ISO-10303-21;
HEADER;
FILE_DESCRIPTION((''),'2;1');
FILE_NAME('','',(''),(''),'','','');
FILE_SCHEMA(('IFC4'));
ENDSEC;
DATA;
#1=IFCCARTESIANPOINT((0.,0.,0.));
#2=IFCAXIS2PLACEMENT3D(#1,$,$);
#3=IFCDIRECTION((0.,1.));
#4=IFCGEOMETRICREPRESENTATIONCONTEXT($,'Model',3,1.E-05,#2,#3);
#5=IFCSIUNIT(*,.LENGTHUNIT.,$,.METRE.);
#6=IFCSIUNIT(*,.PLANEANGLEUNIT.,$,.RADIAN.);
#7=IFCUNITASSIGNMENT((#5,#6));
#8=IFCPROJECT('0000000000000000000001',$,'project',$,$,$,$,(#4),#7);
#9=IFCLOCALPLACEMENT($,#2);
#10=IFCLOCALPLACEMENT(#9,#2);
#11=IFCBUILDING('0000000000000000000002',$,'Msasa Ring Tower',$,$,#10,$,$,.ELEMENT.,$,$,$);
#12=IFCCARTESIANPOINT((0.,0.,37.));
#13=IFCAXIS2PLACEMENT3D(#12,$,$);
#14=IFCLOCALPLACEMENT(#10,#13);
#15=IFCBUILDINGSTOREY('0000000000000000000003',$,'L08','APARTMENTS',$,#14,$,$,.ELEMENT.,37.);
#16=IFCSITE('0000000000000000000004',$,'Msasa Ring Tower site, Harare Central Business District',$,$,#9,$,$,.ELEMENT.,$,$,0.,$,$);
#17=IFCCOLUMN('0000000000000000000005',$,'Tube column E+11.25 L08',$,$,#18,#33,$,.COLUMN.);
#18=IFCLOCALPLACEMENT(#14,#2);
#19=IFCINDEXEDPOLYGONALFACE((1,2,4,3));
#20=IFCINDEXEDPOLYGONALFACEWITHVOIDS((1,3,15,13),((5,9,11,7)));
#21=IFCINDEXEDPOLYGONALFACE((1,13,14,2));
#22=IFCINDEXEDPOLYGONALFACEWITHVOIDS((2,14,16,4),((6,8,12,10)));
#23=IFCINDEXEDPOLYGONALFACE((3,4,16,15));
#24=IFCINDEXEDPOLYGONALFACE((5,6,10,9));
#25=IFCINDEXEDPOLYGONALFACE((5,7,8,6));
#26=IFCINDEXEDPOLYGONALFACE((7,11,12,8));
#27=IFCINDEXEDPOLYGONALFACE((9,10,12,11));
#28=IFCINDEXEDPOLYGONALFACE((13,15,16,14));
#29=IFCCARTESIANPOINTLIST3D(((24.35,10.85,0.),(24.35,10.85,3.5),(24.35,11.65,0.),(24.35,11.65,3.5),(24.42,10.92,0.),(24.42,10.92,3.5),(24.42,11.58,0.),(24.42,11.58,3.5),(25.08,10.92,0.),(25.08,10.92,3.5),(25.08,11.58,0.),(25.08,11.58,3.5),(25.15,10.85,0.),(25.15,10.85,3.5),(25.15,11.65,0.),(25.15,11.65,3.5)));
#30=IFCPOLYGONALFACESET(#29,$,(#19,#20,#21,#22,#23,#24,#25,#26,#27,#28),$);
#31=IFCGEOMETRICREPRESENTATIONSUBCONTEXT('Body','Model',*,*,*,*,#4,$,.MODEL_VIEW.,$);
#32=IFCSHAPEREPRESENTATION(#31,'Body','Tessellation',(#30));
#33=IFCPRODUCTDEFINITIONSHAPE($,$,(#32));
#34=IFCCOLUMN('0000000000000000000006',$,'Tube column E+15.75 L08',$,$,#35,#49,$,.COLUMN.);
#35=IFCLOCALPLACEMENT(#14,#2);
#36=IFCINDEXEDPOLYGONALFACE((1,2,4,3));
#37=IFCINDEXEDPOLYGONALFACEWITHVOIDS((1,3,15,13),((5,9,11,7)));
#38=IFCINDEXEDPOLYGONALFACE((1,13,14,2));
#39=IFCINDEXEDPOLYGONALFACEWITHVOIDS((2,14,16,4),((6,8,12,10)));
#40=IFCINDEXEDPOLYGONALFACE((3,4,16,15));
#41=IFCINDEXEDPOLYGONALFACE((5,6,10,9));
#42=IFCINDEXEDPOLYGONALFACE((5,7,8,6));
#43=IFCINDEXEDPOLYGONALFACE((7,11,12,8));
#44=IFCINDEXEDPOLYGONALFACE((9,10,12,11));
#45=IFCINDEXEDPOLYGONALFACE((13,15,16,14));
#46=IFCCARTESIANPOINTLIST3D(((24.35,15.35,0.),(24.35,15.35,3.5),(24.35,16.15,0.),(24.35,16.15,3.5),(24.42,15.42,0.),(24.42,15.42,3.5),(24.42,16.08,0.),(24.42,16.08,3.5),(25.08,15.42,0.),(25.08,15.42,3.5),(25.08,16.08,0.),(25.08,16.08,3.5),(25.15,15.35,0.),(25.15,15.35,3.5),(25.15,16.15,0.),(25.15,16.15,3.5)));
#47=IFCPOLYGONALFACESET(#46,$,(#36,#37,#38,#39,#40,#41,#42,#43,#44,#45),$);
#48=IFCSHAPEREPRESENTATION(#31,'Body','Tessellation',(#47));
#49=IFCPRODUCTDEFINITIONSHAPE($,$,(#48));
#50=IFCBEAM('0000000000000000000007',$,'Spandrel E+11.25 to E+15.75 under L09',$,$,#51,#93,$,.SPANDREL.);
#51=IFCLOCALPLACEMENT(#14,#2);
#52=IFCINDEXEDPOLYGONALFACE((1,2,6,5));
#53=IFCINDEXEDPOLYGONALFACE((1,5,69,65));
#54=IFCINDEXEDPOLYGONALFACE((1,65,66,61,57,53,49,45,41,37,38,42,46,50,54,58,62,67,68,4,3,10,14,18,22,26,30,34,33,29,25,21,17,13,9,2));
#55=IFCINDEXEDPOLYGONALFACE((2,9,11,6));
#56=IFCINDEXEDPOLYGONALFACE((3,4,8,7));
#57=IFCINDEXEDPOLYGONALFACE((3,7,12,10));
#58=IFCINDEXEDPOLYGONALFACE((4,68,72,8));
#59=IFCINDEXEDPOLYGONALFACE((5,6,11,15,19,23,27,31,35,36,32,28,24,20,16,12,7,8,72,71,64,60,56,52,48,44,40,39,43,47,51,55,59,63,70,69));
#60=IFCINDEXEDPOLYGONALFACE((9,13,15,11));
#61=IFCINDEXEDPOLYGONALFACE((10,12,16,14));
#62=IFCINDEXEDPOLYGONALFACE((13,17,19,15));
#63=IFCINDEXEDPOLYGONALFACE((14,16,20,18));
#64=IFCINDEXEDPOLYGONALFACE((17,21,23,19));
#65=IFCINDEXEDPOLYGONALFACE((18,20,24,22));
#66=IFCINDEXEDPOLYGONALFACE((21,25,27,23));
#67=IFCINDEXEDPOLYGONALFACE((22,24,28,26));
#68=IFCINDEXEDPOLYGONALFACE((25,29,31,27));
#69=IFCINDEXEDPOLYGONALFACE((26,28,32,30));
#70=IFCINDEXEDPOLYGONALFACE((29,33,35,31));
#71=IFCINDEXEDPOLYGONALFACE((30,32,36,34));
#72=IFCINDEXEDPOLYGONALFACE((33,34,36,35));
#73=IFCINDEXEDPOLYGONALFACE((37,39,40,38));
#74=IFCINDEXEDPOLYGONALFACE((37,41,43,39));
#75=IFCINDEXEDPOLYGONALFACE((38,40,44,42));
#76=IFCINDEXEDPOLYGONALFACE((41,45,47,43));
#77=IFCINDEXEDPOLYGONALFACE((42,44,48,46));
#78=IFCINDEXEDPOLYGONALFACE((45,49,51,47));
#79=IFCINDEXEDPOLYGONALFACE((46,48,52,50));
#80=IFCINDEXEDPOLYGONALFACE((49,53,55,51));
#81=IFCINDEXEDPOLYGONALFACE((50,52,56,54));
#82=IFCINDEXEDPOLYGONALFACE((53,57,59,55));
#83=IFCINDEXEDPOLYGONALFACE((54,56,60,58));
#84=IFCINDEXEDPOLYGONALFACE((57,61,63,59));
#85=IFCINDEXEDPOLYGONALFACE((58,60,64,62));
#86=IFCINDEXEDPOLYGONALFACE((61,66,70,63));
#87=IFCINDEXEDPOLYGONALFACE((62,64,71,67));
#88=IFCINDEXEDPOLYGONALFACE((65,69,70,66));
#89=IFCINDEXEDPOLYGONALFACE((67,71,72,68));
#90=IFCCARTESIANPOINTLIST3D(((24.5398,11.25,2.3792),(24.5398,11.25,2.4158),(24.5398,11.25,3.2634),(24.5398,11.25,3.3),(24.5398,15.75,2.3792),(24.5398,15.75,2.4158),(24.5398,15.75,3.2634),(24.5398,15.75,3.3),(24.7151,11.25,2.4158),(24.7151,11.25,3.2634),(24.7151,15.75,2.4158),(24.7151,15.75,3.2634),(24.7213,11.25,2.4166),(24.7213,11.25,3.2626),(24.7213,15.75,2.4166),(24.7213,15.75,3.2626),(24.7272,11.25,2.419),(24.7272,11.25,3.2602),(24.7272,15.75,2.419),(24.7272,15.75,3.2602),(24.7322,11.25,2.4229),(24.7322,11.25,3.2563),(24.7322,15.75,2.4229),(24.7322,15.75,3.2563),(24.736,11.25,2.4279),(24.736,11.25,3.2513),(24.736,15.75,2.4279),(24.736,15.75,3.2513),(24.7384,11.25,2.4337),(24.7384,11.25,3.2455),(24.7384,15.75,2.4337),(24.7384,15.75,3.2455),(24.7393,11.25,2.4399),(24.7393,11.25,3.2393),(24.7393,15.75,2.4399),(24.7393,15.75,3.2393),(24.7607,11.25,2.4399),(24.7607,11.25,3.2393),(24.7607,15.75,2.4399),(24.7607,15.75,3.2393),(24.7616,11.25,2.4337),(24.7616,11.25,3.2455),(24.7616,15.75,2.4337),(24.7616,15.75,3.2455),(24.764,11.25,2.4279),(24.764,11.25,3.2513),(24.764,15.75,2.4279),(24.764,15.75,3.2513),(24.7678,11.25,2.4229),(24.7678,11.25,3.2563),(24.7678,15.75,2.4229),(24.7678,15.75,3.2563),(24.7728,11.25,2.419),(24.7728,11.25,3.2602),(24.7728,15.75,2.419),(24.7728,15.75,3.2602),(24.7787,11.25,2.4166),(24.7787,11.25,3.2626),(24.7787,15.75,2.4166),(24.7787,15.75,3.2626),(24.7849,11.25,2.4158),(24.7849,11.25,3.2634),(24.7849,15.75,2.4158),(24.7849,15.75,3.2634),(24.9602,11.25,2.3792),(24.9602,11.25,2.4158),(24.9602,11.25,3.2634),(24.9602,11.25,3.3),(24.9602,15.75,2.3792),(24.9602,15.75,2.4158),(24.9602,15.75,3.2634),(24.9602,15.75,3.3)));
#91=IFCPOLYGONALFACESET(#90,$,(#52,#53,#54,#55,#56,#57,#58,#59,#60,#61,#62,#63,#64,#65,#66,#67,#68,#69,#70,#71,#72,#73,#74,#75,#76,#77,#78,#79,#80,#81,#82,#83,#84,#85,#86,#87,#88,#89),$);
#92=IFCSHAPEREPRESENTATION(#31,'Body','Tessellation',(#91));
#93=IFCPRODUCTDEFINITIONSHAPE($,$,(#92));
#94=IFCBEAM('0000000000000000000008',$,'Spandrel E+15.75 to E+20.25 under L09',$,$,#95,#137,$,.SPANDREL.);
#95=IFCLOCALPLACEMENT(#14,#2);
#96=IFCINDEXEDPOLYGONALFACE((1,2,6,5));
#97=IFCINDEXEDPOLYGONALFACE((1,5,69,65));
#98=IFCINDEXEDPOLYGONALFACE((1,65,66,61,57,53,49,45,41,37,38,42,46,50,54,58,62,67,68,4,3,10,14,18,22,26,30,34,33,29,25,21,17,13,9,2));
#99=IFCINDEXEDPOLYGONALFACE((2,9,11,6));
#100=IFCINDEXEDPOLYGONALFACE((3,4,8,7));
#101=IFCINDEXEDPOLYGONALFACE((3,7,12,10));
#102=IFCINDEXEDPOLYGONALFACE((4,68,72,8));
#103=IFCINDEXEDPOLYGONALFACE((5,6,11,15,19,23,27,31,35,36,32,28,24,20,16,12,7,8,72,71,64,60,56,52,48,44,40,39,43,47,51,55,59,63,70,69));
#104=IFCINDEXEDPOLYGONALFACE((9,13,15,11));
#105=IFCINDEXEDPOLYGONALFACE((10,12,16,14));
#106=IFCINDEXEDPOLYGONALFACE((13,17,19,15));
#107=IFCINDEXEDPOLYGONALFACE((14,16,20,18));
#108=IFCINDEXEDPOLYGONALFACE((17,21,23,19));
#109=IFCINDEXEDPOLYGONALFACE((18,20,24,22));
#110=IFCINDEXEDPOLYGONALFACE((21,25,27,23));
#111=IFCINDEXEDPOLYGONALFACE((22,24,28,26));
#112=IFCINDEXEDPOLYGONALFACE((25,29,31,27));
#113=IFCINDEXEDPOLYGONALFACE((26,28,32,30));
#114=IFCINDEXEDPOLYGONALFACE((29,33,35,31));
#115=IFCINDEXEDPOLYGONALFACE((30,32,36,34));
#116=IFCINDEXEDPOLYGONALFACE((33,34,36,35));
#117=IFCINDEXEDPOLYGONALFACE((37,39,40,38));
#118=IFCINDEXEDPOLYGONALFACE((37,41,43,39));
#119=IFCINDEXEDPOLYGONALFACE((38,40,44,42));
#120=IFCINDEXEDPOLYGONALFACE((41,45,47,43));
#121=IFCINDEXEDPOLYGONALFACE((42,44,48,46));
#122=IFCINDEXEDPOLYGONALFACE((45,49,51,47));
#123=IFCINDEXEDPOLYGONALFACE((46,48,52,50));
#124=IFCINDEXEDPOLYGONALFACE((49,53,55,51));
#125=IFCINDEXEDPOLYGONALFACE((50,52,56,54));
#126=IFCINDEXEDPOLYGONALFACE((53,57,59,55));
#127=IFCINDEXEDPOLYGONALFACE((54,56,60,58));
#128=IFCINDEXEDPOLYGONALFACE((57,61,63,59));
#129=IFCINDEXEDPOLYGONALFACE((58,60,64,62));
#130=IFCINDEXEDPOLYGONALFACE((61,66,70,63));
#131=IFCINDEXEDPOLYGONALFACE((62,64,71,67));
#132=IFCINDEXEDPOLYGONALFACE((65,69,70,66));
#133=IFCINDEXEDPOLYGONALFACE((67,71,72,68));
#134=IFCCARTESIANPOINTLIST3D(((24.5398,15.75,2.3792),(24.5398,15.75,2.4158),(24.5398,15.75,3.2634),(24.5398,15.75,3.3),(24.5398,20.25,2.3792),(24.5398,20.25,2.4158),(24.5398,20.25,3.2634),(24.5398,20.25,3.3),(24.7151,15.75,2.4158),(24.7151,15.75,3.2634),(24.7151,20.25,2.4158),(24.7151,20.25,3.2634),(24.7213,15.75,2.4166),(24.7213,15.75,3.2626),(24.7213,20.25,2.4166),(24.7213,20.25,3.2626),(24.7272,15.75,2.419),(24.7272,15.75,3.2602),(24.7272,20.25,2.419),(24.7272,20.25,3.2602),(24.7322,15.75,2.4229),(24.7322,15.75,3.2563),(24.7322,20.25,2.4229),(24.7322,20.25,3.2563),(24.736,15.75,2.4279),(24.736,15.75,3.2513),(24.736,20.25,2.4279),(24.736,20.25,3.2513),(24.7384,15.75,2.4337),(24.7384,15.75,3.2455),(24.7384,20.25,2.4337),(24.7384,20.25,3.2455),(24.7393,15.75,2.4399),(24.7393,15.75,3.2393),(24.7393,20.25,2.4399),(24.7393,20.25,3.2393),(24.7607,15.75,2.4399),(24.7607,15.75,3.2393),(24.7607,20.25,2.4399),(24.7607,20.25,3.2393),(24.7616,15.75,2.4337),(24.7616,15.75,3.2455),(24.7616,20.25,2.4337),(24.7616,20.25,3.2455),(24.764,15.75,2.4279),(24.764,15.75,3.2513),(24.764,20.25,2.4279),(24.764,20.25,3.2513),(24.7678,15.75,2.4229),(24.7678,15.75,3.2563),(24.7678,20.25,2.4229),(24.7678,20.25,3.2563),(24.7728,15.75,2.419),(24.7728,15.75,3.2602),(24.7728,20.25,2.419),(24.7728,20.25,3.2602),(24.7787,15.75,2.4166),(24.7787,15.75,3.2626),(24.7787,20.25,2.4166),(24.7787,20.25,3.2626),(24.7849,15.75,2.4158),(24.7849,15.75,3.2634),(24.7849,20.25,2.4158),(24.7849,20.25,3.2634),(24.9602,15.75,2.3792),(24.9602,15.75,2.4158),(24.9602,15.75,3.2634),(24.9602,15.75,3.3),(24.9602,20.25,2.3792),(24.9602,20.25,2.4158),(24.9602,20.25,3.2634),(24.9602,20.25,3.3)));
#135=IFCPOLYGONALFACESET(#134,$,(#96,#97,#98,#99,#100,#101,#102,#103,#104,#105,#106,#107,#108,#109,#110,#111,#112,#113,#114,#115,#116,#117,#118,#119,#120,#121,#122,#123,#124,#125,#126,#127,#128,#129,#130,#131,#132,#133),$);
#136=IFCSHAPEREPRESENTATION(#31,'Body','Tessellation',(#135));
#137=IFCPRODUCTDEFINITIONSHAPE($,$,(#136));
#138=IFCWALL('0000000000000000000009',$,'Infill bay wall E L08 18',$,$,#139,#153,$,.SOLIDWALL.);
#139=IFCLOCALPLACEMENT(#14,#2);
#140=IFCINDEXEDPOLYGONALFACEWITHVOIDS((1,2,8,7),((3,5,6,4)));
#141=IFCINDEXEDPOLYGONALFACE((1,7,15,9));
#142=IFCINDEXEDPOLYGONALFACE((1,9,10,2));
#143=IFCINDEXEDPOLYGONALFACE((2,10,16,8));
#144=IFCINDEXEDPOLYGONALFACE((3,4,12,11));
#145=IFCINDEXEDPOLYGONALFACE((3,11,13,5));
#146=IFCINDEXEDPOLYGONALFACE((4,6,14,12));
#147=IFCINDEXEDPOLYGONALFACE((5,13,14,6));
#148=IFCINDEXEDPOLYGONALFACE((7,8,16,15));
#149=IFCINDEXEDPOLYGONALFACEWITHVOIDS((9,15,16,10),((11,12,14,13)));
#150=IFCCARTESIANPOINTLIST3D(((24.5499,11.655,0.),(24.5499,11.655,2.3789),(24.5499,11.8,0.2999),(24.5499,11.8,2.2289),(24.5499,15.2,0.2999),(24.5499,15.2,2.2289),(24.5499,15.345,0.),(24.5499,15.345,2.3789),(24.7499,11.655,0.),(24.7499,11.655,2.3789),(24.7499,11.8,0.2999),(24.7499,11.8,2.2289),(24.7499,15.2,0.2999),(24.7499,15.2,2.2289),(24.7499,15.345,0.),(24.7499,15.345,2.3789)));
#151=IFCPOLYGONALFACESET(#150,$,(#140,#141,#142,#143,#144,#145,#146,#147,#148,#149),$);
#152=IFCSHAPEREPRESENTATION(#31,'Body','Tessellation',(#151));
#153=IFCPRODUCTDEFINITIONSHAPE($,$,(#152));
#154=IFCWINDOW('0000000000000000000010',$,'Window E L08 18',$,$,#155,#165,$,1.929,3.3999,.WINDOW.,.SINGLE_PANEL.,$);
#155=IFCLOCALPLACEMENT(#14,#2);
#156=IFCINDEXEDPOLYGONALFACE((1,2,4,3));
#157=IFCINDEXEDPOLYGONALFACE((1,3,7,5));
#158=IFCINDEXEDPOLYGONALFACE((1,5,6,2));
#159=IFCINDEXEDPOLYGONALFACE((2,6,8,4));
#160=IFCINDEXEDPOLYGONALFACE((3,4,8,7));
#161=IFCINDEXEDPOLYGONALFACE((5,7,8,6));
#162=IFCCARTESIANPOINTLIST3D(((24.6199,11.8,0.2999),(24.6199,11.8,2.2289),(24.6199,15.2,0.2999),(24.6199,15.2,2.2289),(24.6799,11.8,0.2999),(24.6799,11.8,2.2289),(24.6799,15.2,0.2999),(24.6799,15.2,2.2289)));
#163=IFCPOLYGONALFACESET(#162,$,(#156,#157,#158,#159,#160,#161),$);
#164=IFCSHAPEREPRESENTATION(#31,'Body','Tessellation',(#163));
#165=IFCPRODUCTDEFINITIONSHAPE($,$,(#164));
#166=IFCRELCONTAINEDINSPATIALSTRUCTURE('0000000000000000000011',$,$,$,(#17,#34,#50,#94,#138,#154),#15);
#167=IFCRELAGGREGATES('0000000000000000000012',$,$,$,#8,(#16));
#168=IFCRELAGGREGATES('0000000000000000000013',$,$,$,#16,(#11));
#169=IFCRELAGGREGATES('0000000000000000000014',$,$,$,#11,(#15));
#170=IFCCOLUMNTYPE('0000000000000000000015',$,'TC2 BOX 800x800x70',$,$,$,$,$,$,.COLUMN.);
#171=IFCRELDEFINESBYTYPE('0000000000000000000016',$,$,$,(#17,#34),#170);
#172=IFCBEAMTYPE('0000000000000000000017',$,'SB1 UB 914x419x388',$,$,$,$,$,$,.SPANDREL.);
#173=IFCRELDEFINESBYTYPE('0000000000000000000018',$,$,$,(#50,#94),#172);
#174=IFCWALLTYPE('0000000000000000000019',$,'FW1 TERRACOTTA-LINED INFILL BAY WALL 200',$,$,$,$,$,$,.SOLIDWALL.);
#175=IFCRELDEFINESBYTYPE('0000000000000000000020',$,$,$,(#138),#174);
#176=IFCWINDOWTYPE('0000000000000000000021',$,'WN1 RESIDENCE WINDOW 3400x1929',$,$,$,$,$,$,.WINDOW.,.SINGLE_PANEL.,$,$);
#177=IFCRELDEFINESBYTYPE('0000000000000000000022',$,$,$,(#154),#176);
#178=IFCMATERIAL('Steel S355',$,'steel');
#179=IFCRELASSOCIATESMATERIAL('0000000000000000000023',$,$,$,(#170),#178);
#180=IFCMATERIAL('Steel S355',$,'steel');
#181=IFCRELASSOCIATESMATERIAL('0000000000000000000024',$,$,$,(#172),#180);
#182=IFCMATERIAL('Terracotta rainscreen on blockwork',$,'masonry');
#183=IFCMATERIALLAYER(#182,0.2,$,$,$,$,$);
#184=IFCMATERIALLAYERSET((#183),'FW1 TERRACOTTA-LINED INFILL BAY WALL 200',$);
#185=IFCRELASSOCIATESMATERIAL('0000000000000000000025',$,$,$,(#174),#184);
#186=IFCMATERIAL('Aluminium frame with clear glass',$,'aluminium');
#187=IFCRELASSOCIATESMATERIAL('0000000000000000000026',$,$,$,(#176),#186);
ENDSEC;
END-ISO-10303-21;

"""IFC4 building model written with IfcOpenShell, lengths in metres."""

from ifc_helpers import new_model, si_unit, direction, frame, frame_2d, origin, origin_2d, place, context, subcontext, project, spatial, rectangle, hollow_rectangle, i_section, extrude, material, layer, layer_set, material_profile, profile_set, type_object, element, fill, save


model = new_model("IFC4")

# Units and contexts
model_context = context("Model", 3, precision=1e-05, world=origin(), true_north=direction((0.0, 1.0)))
body_context = subcontext(model_context, "Body", "Model", "MODEL_VIEW")
ifc_project = project(units=[si_unit("LENGTHUNIT", "METRE"), si_unit("PLANEANGLEUNIT", "RADIAN")], contexts=[model_context])

# Site, building, storey
site_placement = place(None, origin())
site = spatial("IfcSite", under=ifc_project, at=site_placement, Name="Msasa Ring Tower site, Harare Central Business District", CompositionType="ELEMENT", RefElevation=0.0)
building_placement = place(site_placement, origin())
building = spatial("IfcBuilding", under=site, at=building_placement, Name="Msasa Ring Tower", CompositionType="ELEMENT")
storey_placement = place(building_placement, frame((0.0, 0.0, 37.0)))
storey = spatial("IfcBuildingStorey", under=building, at=storey_placement, Name="L08", Description="APARTMENTS", CompositionType="ELEMENT", Elevation=37.0)

# Columns
ifc_material_1 = material(Name="Steel S355", Category="steel")
ifc_material_profile_1 = material_profile(ifc_material_1, hollow_rectangle(XDim=0.8, YDim=0.8, WallThickness=0.0701, at=origin_2d()), Name="BOX 800x800x70")
ifc_profile_set_1 = profile_set([ifc_material_profile_1], Name="Steel S355")
column_type = type_object("IfcColumnType", Name="TC2 BOX 800x800x70", PredefinedType="COLUMN", material=ifc_profile_set_1)
for number, where, z_axis, x_axis, name in (
    (1, (24.75, 11.25, 0.0), (0.0, 0.0, 1.0), (1.0, 0.0, 0.0), "Tube column E+11.25 L08"),
    (2, (24.75, 15.75, 0.0), (0.0, 0.0, 1.0), (1.0, 0.0, 0.0), "Tube column E+15.75 L08"),
):
    element("IfcColumn", number, at=place(storey_placement, frame(where, z_axis=z_axis, x_axis=x_axis)), inside=storey, type_object=column_type, Name=name, PredefinedType="COLUMN", context=body_context, shape_type="SweptSolid", body=[
        extrude(hollow_rectangle(XDim=0.8, YDim=0.8, WallThickness=0.0701, at=origin_2d()), origin(), (0.0, 0.0, 1.0), 3.5),
    ])

# Beams
ifc_material_2 = material(Name="Steel S355", Category="steel")
ifc_material_profile_2 = material_profile(ifc_material_2, i_section(OverallWidth=0.4204, OverallDepth=0.9209, WebThickness=0.0215, FlangeThickness=0.0366, FilletRadius=0.0242, at=origin_2d()), Name="UB 914x419x388")
ifc_profile_set_2 = profile_set([ifc_material_profile_2], Name="Steel S355")
beam_type = type_object("IfcBeamType", Name="SB1 UB 914x419x388", PredefinedType="SPANDREL", material=ifc_profile_set_2)
for number, where, z_axis, x_axis, name in (
    (3, (24.75, 11.25, 2.8396), (0.0, 1.0, 0.0), (-1.0, 0.0, 0.0), "Spandrel E+11.25 to E+15.75 under L09"),
    (4, (24.75, 15.75, 2.8396), (0.0, 1.0, 0.0), (-1.0, 0.0, 0.0), "Spandrel E+15.75 to E+20.25 under L09"),
):
    element("IfcBeam", number, at=place(storey_placement, frame(where, z_axis=z_axis, x_axis=x_axis)), inside=storey, type_object=beam_type, Name=name, PredefinedType="SPANDREL", context=body_context, shape_type="SweptSolid", body=[
        extrude(i_section(OverallWidth=0.4204, OverallDepth=0.9209, WebThickness=0.0215, FlangeThickness=0.0366, FilletRadius=0.0242, at=origin_2d()), origin(), (0.0, 0.0, 1.0), 4.5),
    ])

# Wall, opening, window
ifc_material_3 = material(Name="Terracotta rainscreen on blockwork", Category="masonry")
ifc_layer_1 = layer(ifc_material_3, 0.2)
ifc_layer_set_1 = layer_set([ifc_layer_1], Name="FW1 TERRACOTTA-LINED INFILL BAY WALL 200")
wall_type_1 = type_object("IfcWallType", Name="FW1 TERRACOTTA-LINED INFILL BAY WALL 200", PredefinedType="SOLIDWALL", material=ifc_layer_set_1)
wall_1_placement = place(storey_placement, frame((24.6499, 11.655, 0.0), z_axis=(0.0, 0.0, 1.0), x_axis=(0.0, 1.0, 0.0)))
wall_1 = element("IfcWall", 5, at=wall_1_placement, inside=storey, type_object=wall_type_1, Name="Infill bay wall E L08 18", PredefinedType="SOLIDWALL", context=body_context, shape_type="SweptSolid", body=[
    extrude(rectangle(XDim=3.6899, YDim=0.2, at=frame_2d((1.845, 0.0))), origin(), (0.0, 0.0, 1.0), 2.3789),
])
opening_1_placement = place(wall_1_placement, frame((0.145, 0.0, 0.3)))
opening_1 = element("IfcOpeningElement", 6, at=opening_1_placement, cuts=wall_1, PredefinedType="OPENING", context=body_context, shape_type="SweptSolid", body=[
    extrude(rectangle(XDim=3.3999, YDim=1.929, at=frame_2d((1.7, 0.9644))), frame((0.0, 0.1099, 0.0), z_axis=(0.0, -1.0, 0.0), x_axis=(1.0, 0.0, 0.0)), (0.0, 0.0, 1.0), 0.22),
])
ifc_material_4 = material(Name="Aluminium frame with clear glass", Category="aluminium")
window_type = type_object("IfcWindowType", Name="WN1 RESIDENCE WINDOW 3400x1929", PartitioningType="SINGLE_PANEL", PredefinedType="WINDOW", material=ifc_material_4)
window_1_placement = place(opening_1_placement, origin())
window_1 = element("IfcWindow", 7, at=window_1_placement, inside=storey, type_object=window_type, Name="Window E L08 18", OverallHeight=1.929, OverallWidth=3.3999, PartitioningType="SINGLE_PANEL", PredefinedType="WINDOW", context=body_context, shape_type="SweptSolid", body=[
    extrude(rectangle(XDim=3.3999, YDim=1.929, at=frame_2d((1.7, 0.9644))), frame((0.0, 0.03, 0.0), z_axis=(0.0, -1.0, 0.0), x_axis=(1.0, 0.0, 0.0)), (0.0, 0.0, 1.0), 0.0601),
])
fill(opening_1, window_1)

save(model, "model.ifc")
